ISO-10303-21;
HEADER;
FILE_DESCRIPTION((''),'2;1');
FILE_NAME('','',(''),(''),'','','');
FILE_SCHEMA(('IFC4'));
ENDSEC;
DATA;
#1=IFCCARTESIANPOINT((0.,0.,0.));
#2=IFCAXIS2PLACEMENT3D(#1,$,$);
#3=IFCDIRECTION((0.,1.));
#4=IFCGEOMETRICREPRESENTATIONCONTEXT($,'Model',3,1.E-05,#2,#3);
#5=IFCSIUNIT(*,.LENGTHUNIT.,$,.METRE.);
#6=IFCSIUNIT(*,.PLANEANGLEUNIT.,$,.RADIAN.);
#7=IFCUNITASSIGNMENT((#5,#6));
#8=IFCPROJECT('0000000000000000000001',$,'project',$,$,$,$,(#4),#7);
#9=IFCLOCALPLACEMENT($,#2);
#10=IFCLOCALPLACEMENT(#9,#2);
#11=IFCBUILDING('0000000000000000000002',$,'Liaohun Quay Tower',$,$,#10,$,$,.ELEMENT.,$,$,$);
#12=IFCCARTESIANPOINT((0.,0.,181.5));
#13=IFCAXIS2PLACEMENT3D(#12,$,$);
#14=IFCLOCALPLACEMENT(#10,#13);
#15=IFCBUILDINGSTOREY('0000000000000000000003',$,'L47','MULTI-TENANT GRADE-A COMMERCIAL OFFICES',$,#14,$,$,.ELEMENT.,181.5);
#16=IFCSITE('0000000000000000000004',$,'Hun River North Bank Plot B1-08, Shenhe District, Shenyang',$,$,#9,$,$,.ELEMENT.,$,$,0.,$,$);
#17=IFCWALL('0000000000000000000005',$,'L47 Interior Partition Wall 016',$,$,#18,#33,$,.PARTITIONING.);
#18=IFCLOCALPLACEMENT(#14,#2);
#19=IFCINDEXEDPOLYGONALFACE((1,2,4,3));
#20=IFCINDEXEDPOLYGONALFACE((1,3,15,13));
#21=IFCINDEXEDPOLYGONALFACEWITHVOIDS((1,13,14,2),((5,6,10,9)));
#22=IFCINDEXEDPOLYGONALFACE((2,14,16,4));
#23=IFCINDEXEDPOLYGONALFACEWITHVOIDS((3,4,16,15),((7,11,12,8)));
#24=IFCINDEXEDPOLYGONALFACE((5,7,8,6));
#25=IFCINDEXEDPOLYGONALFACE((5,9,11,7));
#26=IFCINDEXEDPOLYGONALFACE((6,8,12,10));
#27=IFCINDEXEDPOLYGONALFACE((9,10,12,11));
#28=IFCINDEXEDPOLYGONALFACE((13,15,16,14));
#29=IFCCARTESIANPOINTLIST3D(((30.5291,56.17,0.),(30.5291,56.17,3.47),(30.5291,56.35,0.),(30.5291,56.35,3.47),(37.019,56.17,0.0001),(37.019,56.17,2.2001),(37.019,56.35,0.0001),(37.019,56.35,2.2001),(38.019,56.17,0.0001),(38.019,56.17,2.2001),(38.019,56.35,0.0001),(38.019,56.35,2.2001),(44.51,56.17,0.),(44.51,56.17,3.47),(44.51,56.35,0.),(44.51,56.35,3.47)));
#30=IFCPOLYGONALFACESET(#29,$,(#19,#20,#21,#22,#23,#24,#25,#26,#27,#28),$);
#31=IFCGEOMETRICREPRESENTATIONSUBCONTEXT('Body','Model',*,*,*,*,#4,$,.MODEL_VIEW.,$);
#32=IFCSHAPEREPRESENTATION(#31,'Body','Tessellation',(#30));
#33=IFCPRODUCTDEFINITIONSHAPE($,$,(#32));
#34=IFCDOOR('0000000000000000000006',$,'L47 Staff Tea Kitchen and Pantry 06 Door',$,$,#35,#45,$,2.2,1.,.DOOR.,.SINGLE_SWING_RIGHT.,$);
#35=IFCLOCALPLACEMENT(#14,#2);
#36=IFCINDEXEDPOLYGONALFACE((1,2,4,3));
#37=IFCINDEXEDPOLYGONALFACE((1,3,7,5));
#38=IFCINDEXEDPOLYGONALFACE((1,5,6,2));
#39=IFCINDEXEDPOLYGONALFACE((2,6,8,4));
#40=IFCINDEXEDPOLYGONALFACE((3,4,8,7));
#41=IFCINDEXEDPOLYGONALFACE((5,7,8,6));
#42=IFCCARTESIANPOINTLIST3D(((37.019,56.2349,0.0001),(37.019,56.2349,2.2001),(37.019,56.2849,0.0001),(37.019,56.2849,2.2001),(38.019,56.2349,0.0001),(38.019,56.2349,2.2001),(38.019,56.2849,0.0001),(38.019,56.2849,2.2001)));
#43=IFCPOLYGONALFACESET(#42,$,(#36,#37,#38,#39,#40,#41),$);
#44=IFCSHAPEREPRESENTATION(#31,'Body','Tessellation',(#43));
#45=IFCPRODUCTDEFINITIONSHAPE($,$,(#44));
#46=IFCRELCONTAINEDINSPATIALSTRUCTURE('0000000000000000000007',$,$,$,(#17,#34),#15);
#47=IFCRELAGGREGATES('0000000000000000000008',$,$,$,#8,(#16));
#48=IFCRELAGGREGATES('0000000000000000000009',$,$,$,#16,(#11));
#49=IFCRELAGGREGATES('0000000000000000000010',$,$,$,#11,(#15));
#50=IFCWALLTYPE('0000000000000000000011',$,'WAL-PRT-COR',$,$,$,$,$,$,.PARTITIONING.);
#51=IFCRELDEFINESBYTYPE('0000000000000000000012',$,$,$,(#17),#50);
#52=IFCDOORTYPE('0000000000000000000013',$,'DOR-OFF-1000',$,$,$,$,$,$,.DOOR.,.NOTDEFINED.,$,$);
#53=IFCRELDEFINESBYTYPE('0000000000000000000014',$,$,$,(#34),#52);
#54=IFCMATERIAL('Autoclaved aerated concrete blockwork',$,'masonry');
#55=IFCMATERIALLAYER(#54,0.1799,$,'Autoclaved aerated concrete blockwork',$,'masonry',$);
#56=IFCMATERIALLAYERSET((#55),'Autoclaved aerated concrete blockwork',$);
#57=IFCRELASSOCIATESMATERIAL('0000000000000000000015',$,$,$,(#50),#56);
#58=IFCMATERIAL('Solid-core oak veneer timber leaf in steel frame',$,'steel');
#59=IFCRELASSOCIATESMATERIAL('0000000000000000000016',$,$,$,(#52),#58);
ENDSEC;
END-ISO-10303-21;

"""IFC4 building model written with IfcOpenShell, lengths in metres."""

from ifc_helpers import new_model, si_unit, direction, frame, frame_2d, origin, place, context, subcontext, project, spatial, rectangle, extrude, source, transform, mapped, material, layer, layer_set, type_object, element, fill, save


model = new_model("IFC4")

# Units and contexts
model_context = context("Model", 3, precision=1e-05, world=origin(), true_north=direction((0.0, 1.0)))
body_context = subcontext(model_context, "Body", "Model", "MODEL_VIEW")
ifc_project = project(units=[si_unit("LENGTHUNIT", "METRE"), si_unit("PLANEANGLEUNIT", "RADIAN")], contexts=[model_context])

# Site, building, storey
site_placement = place(None, origin())
site = spatial("IfcSite", under=ifc_project, at=site_placement, Name="Hun River North Bank Plot B1-08, Shenhe District, Shenyang", CompositionType="ELEMENT", RefElevation=0.0)
building_placement = place(site_placement, origin())
building = spatial("IfcBuilding", under=site, at=building_placement, Name="Liaohun Quay Tower", CompositionType="ELEMENT")
storey_placement = place(building_placement, frame((0.0, 0.0, 181.5)))
storey = spatial("IfcBuildingStorey", under=building, at=storey_placement, Name="L47", Description="MULTI-TENANT GRADE-A COMMERCIAL OFFICES", CompositionType="ELEMENT", Elevation=181.5)

# Wall, opening, door
ifc_material_1 = material(Name="Autoclaved aerated concrete blockwork", Category="masonry")
ifc_layer_1 = layer(ifc_material_1, 0.1799, Name="Autoclaved aerated concrete blockwork", Category="masonry")
ifc_layer_set_1 = layer_set([ifc_layer_1], Name="Autoclaved aerated concrete blockwork")
wall_type_1 = type_object("IfcWallType", Name="WAL-PRT-COR", PredefinedType="PARTITIONING", material=ifc_layer_set_1)
wall_1_placement = place(storey_placement, frame((30.5291, 56.26, 0.0), z_axis=(0.0, 0.0, 1.0), x_axis=(1.0, 0.0, 0.0)))
wall_1 = element("IfcWall", 1, at=wall_1_placement, inside=storey, type_object=wall_type_1, Name="L47 Interior Partition Wall 016", PredefinedType="PARTITIONING", context=body_context, shape_type="SweptSolid", body=[
    extrude(rectangle(XDim=13.981, YDim=0.1799, at=frame_2d((6.9905, 0.0))), origin(), (0.0, 0.0, 1.0), 3.47),
])
shared_shape_1 = source(origin(), body_context, "Body", "SweptSolid", [
    extrude(rectangle(XDim=1.0, YDim=2.2, at=frame_2d((0.5, 1.1001))), frame((0.0, 0.0999, 0.0), z_axis=(0.0, -1.0, 0.0), x_axis=(1.0, 0.0, 0.0)), (0.0, 0.0, 1.0), 0.2),
])
opening_1_placement = place(wall_1_placement, frame((6.49, 0.0, 0.0)))
opening_1 = element("IfcOpeningElement", 2, at=opening_1_placement, cuts=wall_1, PredefinedType="OPENING", context=body_context, shape_type="MappedRepresentation", body=[
    mapped(shared_shape_1, transform((0.0, 0.0, 0.0), x_axis=(1.0, 0.0, 0.0), y_axis=(0.0, 1.0, 0.0), z_axis=(0.0, 0.0, 1.0), scale=1.0)),
])
ifc_material_2 = material(Name="Solid-core oak veneer timber leaf in steel frame", Category="steel")
door_type_1 = type_object("IfcDoorType", Name="DOR-OFF-1000", OperationType="NOTDEFINED", PredefinedType="DOOR", material=ifc_material_2)
shared_shape_2 = source(origin(), body_context, "Body", "SweptSolid", [
    extrude(rectangle(XDim=1.0, YDim=2.2, at=frame_2d((0.5, 1.1001))), frame((0.0, 0.0249, 0.0), z_axis=(0.0, -1.0, 0.0), x_axis=(1.0, 0.0, 0.0)), (0.0, 0.0, 1.0), 0.05),
])
door_1_placement = place(opening_1_placement, origin())
door_1 = element("IfcDoor", 3, at=door_1_placement, inside=storey, type_object=door_type_1, Name="L47 Staff Tea Kitchen and Pantry 06 Door", OperationType="SINGLE_SWING_RIGHT", OverallHeight=2.2, OverallWidth=1.0, PredefinedType="DOOR", context=body_context, shape_type="MappedRepresentation", body=[
    mapped(shared_shape_2, transform((0.0, 0.0, 0.0), x_axis=(1.0, 0.0, 0.0), y_axis=(0.0, 1.0, 0.0), z_axis=(0.0, 0.0, 1.0), scale=1.0)),
])
fill(opening_1, door_1)

save(model, "model.ifc")
